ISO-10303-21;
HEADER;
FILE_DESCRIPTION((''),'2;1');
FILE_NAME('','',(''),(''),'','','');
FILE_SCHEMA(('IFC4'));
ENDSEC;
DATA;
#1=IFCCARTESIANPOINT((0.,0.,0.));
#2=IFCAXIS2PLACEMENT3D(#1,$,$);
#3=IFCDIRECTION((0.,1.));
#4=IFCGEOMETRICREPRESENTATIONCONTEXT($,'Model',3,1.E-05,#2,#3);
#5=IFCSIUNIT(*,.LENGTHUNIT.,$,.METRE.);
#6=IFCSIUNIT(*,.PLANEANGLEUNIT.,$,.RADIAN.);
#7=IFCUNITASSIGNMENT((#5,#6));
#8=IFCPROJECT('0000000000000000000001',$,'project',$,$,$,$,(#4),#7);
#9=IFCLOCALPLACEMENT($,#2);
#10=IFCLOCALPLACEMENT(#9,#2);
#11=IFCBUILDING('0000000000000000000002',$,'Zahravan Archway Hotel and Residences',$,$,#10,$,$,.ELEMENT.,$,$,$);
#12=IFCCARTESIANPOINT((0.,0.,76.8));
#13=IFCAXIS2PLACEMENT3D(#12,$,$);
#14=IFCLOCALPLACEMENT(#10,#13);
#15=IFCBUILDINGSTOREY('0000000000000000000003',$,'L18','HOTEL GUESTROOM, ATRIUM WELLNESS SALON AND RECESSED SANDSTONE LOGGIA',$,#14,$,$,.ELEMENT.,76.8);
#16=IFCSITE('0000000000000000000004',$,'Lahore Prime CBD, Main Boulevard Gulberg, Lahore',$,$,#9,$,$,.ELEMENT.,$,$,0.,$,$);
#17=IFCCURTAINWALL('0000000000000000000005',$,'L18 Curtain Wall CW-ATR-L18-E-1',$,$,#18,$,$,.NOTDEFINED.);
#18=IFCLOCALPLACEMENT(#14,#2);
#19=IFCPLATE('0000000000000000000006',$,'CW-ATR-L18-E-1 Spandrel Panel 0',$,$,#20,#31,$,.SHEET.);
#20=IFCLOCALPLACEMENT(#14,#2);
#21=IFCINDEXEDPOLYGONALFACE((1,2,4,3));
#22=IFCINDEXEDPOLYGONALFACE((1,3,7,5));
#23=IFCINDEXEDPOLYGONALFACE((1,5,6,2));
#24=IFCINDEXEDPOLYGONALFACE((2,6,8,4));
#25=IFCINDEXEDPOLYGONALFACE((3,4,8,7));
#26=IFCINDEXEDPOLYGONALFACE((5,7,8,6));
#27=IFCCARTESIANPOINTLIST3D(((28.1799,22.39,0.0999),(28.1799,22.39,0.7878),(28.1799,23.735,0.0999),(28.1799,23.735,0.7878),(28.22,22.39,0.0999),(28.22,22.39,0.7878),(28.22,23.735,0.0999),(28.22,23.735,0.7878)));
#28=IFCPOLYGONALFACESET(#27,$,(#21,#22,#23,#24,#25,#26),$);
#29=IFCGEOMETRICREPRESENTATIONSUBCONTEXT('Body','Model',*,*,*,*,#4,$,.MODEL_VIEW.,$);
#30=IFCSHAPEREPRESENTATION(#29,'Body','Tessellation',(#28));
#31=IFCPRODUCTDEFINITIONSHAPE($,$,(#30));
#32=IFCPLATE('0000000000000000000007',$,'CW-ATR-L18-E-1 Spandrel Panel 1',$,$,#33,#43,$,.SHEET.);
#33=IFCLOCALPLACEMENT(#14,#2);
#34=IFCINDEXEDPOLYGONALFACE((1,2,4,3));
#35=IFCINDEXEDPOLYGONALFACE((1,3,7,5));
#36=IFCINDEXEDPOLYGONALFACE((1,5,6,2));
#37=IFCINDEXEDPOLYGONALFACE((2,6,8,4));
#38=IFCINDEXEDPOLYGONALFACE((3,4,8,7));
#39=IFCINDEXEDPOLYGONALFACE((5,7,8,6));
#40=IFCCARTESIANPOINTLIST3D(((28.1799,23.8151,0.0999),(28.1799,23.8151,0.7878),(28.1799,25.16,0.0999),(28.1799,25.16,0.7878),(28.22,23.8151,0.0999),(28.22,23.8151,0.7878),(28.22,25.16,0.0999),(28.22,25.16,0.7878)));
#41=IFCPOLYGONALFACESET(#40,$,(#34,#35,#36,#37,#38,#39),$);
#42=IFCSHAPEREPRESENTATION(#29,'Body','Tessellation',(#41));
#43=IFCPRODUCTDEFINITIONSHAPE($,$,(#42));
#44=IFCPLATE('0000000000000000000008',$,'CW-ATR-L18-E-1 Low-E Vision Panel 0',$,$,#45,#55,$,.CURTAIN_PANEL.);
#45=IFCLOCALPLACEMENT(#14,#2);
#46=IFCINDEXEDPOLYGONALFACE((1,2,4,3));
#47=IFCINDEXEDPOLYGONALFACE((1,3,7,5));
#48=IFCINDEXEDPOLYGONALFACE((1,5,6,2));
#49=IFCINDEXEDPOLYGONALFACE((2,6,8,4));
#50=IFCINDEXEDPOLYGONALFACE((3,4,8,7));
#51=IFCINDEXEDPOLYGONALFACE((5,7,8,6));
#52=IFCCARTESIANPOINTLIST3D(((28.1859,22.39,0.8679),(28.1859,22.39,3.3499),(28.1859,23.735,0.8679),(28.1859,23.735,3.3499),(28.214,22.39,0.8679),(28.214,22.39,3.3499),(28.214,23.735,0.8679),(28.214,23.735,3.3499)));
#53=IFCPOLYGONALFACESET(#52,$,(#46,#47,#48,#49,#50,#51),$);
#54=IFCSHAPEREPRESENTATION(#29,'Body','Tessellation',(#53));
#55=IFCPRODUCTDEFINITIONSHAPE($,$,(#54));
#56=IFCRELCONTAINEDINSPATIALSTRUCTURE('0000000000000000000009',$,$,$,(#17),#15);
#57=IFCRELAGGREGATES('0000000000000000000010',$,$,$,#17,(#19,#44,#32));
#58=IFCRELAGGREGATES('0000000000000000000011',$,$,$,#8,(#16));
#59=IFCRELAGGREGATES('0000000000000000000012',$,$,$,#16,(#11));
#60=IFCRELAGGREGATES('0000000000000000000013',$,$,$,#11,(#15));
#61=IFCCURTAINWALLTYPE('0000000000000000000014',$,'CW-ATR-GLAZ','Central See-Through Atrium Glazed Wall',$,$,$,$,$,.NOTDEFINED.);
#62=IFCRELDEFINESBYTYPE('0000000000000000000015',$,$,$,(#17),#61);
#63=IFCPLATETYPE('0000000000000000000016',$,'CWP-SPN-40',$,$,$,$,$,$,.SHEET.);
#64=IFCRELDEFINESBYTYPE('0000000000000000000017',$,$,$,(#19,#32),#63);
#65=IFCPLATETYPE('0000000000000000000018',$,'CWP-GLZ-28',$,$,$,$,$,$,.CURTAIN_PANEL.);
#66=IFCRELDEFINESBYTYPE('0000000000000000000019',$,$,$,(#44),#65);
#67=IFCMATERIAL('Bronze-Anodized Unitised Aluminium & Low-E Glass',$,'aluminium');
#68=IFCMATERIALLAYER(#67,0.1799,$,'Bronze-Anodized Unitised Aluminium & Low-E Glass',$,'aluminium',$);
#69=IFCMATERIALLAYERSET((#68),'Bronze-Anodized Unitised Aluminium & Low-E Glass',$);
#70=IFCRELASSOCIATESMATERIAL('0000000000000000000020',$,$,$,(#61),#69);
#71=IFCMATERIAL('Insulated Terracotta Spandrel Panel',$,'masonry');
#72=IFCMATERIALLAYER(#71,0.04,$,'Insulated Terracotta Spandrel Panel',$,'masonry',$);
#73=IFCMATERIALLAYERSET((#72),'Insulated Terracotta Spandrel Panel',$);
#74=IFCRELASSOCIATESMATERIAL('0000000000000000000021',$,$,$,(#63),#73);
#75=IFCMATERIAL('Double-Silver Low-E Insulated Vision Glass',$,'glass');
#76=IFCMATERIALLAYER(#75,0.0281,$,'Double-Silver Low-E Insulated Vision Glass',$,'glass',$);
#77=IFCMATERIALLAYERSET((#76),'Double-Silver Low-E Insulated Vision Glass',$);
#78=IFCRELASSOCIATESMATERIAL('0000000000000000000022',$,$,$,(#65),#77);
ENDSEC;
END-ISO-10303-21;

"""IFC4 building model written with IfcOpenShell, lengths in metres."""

from ifc_helpers import new_model, si_unit, direction, frame, origin, origin_2d, place, context, subcontext, project, spatial, rectangle, extrude, source, transform, mapped, material, layer, layer_set, type_object, element, aggregate, save


model = new_model("IFC4")

# Units and contexts
model_context = context("Model", 3, precision=1e-05, world=origin(), true_north=direction((0.0, 1.0)))
body_context = subcontext(model_context, "Body", "Model", "MODEL_VIEW")
ifc_project = project(units=[si_unit("LENGTHUNIT", "METRE"), si_unit("PLANEANGLEUNIT", "RADIAN")], contexts=[model_context])

# Site, building, storey
site_placement = place(None, origin())
site = spatial("IfcSite", under=ifc_project, at=site_placement, Name="Lahore Prime CBD, Main Boulevard Gulberg, Lahore", CompositionType="ELEMENT", RefElevation=0.0)
building_placement = place(site_placement, origin())
building = spatial("IfcBuilding", under=site, at=building_placement, Name="Zahravan Archway Hotel and Residences", CompositionType="ELEMENT")
storey_placement = place(building_placement, frame((0.0, 0.0, 76.8)))
storey = spatial("IfcBuildingStorey", under=building, at=storey_placement, Name="L18", Description="HOTEL GUESTROOM, ATRIUM WELLNESS SALON AND RECESSED SANDSTONE LOGGIA", CompositionType="ELEMENT", Elevation=76.8)

# Shared definitions
ifc_material_1 = material(Name="Bronze-Anodized Unitised Aluminium & Low-E Glass", Category="aluminium")
ifc_layer_1 = layer(ifc_material_1, 0.1799, Name="Bronze-Anodized Unitised Aluminium & Low-E Glass", Category="aluminium")
ifc_layer_set_1 = layer_set([ifc_layer_1], Name="Bronze-Anodized Unitised Aluminium & Low-E Glass")
curtain_wall_type = type_object("IfcCurtainWallType", Name="CW-ATR-GLAZ", Description="Central See-Through Atrium Glazed Wall", PredefinedType="NOTDEFINED", material=ifc_layer_set_1)

# Curtain wall
curtain_wall_1_placement = place(storey_placement, origin())
curtain_wall_1 = element("IfcCurtainWall", 1, at=curtain_wall_1_placement, inside=storey, type_object=curtain_wall_type, Name="L18 Curtain Wall CW-ATR-L18-E-1", PredefinedType="NOTDEFINED")

# Plates
ifc_material_2 = material(Name="Insulated Terracotta Spandrel Panel", Category="masonry")
ifc_layer_2 = layer(ifc_material_2, 0.04, Name="Insulated Terracotta Spandrel Panel", Category="masonry")
ifc_layer_set_2 = layer_set([ifc_layer_2], Name="Insulated Terracotta Spandrel Panel")
plate_type_1 = type_object("IfcPlateType", Name="CWP-SPN-40", PredefinedType="SHEET", material=ifc_layer_set_2)
ifc_material_3 = material(Name="Double-Silver Low-E Insulated Vision Glass", Category="glass")
ifc_layer_3 = layer(ifc_material_3, 0.0281, Name="Double-Silver Low-E Insulated Vision Glass", Category="glass")
ifc_layer_set_3 = layer_set([ifc_layer_3], Name="Double-Silver Low-E Insulated Vision Glass")
plate_type_2 = type_object("IfcPlateType", Name="CWP-GLZ-28", PredefinedType="CURTAIN_PANEL", material=ifc_layer_set_3)
shared_shape_1 = source(origin(), body_context, "Body", "SweptSolid", [
    extrude(rectangle(XDim=1.345, YDim=0.04, at=origin_2d()), origin(), (0.0, 0.0, 1.0), 0.688),
])
plate_1_placement = place(storey_placement, frame((28.2, 23.0625, 0.0999), z_axis=(0.0, 0.0, 1.0), x_axis=(0.0, 1.0, 0.0)))
plate_1 = element("IfcPlate", 2, at=plate_1_placement, type_object=plate_type_1, Name="CW-ATR-L18-E-1 Spandrel Panel 0", PredefinedType="SHEET", context=body_context, shape_type="MappedRepresentation", body=[
    mapped(shared_shape_1, transform((0.0, 0.0, 0.0), scale=1.0)),
])
plate_2_placement = place(storey_placement, frame((28.2, 24.4875, 0.0999), z_axis=(0.0, 0.0, 1.0), x_axis=(0.0, 1.0, 0.0)))
plate_2 = element("IfcPlate", 3, at=plate_2_placement, type_object=plate_type_1, Name="CW-ATR-L18-E-1 Spandrel Panel 1", PredefinedType="SHEET", context=body_context, shape_type="MappedRepresentation", body=[
    mapped(shared_shape_1, transform((0.0, 0.0, 0.0), scale=1.0)),
])
shared_shape_2 = source(origin(), body_context, "Body", "SweptSolid", [
    extrude(rectangle(XDim=1.345, YDim=0.0281, at=origin_2d()), origin(), (0.0, 0.0, 1.0), 2.4819),
])
plate_3_placement = place(storey_placement, frame((28.2, 23.0625, 0.8679), z_axis=(0.0, 0.0, 1.0), x_axis=(0.0, 1.0, 0.0)))
plate_3 = element("IfcPlate", 4, at=plate_3_placement, type_object=plate_type_2, Name="CW-ATR-L18-E-1 Low-E Vision Panel 0", PredefinedType="CURTAIN_PANEL", context=body_context, shape_type="MappedRepresentation", body=[
    mapped(shared_shape_2, transform((0.0, 0.0, 0.0), scale=1.0)),
])
aggregate(curtain_wall_1, [plate_1, plate_3, plate_2])

save(model, "model.ifc")
